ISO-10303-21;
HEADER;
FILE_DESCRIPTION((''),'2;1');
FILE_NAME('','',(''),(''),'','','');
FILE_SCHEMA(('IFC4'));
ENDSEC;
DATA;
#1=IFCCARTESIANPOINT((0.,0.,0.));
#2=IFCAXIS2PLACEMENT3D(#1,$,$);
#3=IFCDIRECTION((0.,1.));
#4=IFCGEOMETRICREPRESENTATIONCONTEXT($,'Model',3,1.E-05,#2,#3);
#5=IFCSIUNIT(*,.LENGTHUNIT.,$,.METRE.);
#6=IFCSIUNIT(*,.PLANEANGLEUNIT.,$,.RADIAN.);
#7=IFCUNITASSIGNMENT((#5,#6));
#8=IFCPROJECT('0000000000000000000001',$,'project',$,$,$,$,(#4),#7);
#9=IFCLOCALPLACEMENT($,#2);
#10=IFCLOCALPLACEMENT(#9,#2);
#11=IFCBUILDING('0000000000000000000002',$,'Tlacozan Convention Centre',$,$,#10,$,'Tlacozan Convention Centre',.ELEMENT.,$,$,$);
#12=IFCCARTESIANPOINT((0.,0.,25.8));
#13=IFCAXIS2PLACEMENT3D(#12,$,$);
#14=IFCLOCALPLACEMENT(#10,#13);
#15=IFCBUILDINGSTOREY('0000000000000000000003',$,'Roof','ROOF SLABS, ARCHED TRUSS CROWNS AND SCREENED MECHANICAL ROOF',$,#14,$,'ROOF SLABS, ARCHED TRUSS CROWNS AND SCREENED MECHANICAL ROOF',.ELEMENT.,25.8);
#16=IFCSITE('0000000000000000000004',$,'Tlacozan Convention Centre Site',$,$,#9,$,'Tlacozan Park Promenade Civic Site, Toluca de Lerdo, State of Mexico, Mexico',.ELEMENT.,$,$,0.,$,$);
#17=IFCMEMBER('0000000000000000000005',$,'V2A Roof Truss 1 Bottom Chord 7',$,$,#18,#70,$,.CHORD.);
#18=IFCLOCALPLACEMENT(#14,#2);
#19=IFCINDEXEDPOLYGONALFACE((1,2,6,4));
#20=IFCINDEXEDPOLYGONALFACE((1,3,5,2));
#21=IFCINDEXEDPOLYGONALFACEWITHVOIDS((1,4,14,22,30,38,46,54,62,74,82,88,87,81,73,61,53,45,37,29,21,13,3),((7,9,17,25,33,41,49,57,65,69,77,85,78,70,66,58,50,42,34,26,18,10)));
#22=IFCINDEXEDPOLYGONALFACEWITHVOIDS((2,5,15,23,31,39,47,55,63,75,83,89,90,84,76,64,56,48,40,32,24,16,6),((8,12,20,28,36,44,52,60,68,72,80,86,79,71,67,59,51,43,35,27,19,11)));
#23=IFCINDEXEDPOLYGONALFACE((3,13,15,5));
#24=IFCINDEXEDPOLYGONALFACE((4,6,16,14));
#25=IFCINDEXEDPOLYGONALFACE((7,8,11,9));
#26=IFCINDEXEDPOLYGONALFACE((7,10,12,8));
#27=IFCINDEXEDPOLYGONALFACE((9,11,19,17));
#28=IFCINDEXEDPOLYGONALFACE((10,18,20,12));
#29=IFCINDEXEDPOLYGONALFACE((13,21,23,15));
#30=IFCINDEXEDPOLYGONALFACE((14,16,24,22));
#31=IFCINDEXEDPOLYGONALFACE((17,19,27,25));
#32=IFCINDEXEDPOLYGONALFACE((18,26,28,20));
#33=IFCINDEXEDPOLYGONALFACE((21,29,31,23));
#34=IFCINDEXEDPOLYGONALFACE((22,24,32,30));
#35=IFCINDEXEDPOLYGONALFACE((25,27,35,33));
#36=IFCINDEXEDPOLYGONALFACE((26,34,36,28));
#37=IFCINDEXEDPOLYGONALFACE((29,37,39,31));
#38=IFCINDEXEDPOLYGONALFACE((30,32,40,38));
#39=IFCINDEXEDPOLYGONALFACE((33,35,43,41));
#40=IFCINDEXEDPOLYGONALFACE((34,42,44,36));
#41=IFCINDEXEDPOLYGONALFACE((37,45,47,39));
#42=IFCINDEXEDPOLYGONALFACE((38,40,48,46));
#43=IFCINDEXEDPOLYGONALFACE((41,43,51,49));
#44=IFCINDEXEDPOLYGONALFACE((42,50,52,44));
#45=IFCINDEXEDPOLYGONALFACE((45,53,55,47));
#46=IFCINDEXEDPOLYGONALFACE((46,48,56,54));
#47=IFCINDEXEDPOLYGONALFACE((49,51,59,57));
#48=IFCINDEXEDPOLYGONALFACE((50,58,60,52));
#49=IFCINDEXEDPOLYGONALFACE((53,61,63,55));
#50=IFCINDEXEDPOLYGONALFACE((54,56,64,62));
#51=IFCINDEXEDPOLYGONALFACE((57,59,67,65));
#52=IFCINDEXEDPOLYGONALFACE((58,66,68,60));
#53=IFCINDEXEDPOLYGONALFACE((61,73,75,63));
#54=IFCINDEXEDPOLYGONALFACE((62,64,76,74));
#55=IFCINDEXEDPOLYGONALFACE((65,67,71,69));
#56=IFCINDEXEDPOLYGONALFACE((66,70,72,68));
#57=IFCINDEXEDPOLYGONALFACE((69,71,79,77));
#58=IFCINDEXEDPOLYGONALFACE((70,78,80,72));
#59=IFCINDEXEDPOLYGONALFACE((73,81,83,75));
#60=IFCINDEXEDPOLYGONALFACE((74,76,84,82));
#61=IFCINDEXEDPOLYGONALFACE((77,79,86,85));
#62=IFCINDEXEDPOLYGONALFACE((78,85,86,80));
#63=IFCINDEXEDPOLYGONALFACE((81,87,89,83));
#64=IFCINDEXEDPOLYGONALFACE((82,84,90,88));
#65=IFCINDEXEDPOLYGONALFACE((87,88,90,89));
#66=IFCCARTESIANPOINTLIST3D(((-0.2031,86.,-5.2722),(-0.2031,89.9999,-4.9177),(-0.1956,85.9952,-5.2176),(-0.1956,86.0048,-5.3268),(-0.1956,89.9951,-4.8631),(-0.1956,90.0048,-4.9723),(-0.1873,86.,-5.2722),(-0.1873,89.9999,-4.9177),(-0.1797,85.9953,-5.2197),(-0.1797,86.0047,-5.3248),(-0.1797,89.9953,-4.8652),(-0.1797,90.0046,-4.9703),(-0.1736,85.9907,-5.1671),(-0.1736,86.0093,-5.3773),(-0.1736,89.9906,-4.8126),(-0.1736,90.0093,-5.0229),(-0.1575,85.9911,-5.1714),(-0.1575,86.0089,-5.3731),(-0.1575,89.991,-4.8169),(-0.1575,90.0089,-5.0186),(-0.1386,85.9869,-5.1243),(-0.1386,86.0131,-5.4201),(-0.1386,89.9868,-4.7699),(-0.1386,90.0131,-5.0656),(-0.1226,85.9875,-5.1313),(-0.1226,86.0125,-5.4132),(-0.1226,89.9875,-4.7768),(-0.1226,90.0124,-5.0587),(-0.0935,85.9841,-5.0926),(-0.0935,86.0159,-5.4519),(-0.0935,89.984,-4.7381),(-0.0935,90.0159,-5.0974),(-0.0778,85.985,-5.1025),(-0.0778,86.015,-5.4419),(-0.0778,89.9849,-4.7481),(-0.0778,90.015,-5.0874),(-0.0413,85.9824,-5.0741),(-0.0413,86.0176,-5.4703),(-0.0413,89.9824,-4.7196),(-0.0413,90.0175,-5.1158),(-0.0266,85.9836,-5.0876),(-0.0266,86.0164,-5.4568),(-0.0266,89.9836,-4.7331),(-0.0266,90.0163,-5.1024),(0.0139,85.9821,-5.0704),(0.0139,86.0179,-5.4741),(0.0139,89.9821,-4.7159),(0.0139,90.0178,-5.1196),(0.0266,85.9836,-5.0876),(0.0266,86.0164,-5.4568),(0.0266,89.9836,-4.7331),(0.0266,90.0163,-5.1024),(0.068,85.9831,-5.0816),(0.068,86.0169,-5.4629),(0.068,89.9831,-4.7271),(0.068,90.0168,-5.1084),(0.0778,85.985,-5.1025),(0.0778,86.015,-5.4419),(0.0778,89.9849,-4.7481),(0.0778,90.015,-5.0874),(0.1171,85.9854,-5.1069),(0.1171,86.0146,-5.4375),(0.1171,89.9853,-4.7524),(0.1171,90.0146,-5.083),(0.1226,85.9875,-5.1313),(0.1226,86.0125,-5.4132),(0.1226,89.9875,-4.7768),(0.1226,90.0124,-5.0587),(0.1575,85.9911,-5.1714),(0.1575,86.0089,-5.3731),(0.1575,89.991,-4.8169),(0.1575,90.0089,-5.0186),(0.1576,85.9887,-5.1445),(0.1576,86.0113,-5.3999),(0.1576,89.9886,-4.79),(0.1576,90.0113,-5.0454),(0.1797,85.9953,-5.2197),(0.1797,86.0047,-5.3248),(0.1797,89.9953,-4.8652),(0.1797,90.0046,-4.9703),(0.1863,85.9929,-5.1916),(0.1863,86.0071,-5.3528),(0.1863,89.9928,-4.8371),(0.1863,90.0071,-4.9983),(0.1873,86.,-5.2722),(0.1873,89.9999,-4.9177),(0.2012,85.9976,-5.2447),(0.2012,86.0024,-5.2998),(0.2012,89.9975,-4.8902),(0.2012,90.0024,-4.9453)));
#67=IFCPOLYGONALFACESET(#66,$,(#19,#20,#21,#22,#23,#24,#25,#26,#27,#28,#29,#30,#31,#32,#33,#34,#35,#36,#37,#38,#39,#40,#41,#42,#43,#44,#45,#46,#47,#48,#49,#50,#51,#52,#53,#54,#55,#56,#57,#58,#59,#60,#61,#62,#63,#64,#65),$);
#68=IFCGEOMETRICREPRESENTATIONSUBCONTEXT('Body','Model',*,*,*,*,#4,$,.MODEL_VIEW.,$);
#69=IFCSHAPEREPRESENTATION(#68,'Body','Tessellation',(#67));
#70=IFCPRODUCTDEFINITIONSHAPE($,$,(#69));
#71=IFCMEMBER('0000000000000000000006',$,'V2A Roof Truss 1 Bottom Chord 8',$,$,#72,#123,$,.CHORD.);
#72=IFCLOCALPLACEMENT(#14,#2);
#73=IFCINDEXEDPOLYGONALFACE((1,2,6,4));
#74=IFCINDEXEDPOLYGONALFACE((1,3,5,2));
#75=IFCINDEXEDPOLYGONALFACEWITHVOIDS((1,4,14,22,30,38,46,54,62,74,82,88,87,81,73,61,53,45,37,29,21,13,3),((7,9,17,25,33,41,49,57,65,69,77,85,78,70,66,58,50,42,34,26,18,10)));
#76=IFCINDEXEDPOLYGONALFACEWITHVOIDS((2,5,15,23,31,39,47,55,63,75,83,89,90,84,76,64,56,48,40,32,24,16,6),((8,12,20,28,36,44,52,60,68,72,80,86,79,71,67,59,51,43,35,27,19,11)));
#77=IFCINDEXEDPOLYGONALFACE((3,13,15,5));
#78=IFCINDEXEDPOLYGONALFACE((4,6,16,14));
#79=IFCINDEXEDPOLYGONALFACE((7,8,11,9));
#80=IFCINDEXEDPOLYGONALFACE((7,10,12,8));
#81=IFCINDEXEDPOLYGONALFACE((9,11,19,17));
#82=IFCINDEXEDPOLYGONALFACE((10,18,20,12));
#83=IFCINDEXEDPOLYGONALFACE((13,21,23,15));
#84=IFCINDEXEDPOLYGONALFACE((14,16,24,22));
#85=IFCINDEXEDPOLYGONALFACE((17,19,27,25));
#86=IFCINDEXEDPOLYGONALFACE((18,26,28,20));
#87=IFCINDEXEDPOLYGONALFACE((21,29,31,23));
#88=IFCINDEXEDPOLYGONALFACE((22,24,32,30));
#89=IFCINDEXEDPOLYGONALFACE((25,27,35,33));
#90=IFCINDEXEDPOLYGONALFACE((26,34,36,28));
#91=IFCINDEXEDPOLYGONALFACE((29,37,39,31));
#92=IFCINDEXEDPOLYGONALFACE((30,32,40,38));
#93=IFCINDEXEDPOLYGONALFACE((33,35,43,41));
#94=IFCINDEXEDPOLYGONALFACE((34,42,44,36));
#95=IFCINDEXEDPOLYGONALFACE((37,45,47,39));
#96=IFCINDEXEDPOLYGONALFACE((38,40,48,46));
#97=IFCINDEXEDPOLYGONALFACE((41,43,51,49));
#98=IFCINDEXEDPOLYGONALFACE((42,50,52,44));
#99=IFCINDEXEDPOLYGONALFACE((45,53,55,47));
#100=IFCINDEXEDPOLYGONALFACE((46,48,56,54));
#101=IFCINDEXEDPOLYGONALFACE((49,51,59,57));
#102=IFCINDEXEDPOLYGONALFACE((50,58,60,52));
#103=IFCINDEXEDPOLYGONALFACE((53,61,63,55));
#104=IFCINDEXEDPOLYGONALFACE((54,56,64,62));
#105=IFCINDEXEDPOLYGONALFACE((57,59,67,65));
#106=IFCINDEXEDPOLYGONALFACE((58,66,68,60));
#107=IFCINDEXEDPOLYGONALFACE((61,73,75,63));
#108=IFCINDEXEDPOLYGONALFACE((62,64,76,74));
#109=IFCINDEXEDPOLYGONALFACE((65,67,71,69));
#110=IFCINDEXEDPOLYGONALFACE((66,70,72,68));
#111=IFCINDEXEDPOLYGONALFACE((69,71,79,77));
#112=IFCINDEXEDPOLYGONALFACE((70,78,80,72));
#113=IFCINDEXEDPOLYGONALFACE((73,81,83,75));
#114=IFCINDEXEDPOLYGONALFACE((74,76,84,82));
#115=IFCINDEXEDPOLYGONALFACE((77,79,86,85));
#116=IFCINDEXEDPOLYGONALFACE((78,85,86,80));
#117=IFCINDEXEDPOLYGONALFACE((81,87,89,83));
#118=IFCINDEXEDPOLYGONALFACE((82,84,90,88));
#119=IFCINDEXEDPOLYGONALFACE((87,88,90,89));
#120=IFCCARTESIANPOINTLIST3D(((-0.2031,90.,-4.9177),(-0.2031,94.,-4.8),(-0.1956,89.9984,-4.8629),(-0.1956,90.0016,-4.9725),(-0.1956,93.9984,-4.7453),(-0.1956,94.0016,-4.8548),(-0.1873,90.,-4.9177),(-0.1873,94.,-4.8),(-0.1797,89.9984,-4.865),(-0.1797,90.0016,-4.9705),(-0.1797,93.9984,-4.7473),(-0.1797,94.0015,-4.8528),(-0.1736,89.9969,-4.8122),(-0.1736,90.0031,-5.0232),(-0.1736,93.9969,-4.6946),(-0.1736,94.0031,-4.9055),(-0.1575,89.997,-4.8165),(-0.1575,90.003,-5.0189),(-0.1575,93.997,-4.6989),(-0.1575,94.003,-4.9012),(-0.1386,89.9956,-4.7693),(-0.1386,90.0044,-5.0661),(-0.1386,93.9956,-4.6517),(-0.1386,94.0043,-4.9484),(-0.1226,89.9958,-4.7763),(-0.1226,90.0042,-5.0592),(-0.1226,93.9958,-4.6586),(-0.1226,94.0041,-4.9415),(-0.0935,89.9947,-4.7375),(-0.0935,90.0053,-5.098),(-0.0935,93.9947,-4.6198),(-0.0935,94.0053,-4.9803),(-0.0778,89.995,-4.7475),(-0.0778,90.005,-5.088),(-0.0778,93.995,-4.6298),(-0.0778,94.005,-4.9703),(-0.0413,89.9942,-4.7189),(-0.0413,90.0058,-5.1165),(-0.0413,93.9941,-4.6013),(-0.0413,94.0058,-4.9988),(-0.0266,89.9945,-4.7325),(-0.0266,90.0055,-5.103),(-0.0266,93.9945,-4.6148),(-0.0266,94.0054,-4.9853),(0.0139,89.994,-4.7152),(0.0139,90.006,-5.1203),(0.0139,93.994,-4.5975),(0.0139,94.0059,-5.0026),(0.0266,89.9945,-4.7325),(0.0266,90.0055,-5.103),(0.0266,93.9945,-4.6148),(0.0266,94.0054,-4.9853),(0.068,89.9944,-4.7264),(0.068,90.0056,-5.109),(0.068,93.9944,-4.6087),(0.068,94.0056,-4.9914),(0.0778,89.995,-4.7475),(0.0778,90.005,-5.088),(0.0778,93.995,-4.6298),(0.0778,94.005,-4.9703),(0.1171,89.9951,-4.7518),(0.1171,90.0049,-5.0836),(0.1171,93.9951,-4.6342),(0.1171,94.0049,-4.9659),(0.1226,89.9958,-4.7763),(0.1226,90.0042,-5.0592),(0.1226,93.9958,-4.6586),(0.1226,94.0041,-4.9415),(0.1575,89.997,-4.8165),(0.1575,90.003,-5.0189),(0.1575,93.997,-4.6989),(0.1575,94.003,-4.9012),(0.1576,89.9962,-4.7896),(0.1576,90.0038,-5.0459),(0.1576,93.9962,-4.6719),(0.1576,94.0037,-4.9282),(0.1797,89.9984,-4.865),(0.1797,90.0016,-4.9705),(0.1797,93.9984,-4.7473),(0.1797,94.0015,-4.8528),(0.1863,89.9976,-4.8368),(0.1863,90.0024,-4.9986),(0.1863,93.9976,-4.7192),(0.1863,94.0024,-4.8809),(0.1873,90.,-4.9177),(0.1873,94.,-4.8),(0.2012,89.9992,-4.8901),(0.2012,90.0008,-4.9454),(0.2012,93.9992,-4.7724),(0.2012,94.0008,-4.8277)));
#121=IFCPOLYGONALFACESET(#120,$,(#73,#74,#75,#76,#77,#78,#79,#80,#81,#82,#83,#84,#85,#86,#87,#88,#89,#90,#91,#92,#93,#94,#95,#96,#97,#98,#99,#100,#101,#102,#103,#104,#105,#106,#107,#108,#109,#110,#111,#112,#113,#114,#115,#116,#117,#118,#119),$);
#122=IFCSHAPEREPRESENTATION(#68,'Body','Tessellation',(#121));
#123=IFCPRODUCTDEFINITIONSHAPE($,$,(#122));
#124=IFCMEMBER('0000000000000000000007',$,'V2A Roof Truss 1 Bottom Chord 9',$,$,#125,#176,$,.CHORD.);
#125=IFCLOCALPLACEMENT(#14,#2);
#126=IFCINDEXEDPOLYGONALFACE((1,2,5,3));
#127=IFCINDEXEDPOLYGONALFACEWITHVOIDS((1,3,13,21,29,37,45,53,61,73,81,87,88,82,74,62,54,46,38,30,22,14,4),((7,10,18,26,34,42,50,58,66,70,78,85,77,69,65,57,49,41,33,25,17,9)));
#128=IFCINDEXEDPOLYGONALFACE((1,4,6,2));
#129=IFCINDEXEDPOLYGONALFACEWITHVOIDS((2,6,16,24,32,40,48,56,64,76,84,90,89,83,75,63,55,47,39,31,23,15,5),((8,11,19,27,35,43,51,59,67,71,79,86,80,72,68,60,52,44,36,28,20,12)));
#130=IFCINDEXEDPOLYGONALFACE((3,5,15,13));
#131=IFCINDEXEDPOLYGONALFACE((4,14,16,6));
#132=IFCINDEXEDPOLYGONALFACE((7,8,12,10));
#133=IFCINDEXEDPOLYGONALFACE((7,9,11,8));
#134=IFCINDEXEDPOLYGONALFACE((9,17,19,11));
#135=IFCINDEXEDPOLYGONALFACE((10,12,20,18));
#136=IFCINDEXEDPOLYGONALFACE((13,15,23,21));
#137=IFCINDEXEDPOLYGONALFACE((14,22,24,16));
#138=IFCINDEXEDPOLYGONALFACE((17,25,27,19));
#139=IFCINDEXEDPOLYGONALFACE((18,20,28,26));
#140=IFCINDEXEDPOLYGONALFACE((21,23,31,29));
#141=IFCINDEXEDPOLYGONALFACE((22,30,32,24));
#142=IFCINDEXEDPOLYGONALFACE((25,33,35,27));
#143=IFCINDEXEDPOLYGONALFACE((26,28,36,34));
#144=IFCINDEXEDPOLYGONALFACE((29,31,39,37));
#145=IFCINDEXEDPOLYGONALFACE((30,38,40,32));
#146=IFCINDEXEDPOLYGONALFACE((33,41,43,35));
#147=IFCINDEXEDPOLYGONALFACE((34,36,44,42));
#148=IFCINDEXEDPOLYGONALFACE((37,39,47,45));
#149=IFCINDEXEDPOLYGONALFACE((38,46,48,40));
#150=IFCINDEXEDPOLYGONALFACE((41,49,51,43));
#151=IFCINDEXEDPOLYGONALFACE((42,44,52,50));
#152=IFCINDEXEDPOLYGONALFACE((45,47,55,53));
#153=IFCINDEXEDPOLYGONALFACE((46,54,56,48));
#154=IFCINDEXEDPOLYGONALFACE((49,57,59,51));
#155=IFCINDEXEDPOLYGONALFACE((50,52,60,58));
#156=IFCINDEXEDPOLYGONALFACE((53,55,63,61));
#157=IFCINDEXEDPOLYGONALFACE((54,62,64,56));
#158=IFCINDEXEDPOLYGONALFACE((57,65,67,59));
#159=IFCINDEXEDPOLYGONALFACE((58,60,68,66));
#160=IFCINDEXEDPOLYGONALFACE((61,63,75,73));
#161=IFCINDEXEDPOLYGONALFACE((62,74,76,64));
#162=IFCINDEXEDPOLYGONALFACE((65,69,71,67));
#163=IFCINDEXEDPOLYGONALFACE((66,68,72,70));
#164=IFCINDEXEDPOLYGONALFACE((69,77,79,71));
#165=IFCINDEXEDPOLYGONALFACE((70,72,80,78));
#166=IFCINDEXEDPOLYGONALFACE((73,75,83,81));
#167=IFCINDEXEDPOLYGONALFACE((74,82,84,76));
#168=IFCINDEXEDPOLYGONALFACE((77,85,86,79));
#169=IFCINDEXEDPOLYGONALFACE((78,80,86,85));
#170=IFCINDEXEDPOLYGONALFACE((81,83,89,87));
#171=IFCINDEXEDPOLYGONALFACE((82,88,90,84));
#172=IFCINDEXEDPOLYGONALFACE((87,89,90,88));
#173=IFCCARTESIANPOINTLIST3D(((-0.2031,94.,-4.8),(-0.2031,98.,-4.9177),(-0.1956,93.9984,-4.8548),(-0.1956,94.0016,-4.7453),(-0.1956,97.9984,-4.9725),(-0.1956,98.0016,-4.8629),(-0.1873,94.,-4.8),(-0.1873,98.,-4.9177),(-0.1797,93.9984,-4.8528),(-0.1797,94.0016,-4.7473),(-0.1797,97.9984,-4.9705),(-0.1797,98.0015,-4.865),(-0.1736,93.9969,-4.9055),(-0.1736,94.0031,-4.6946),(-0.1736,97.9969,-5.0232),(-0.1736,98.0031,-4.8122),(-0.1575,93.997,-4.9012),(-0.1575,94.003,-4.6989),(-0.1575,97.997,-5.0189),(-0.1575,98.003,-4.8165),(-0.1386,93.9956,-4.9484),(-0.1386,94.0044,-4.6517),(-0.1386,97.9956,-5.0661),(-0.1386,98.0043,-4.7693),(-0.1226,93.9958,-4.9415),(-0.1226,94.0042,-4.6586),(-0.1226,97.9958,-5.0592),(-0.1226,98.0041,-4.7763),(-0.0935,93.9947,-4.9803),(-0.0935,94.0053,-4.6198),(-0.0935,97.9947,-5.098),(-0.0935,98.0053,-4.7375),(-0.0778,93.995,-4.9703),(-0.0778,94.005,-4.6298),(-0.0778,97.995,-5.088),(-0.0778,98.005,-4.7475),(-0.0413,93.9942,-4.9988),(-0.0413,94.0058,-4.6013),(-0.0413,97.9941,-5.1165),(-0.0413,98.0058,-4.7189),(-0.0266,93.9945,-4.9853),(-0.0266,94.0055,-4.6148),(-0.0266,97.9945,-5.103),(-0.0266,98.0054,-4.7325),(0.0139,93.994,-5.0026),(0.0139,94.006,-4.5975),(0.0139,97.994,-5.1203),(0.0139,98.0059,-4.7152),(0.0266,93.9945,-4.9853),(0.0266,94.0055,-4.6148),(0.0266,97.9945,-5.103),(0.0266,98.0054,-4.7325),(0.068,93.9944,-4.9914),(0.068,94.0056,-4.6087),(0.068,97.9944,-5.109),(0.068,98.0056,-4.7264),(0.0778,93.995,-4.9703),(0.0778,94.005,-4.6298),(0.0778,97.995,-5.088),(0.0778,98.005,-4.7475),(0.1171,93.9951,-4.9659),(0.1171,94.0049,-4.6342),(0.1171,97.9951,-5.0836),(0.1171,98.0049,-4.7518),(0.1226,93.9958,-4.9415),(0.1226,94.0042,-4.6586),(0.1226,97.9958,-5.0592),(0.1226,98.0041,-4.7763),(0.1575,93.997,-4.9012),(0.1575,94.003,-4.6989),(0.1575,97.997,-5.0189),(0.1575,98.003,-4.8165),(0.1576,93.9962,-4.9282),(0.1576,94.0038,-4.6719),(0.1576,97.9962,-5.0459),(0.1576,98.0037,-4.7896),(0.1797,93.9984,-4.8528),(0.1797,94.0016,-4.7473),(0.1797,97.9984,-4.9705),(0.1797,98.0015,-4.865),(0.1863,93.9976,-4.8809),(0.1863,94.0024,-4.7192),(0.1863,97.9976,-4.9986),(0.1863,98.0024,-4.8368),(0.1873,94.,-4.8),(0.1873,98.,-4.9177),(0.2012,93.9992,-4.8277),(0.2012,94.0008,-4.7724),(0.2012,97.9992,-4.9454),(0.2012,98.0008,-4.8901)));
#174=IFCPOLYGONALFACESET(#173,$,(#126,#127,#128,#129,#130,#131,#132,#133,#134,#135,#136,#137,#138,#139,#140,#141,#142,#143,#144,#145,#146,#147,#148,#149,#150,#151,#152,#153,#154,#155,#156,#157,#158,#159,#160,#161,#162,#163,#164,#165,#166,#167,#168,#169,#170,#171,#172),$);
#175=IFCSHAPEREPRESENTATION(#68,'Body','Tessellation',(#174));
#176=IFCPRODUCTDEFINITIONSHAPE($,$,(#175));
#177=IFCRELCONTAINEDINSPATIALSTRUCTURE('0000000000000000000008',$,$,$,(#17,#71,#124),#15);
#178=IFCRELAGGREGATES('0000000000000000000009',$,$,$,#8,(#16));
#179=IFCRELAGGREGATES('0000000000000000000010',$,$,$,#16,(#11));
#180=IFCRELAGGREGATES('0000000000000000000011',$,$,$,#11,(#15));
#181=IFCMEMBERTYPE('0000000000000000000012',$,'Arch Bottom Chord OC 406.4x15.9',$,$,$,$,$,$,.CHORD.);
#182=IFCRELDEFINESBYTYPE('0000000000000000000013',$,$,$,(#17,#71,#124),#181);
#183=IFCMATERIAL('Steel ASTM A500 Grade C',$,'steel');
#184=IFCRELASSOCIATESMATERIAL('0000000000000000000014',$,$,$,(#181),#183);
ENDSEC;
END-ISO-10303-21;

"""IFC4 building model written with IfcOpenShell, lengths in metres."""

from ifc_helpers import new_model, si_unit, direction, frame, origin, origin_2d, place, context, subcontext, project, spatial, hollow_circle, extrude, material, material_profile, profile_set, type_object, element, save


model = new_model("IFC4")

# Units and contexts
model_context = context("Model", 3, precision=1e-05, world=origin(), true_north=direction((0.0, 1.0)))
body_context = subcontext(model_context, "Body", "Model", "MODEL_VIEW")
ifc_project = project(units=[si_unit("LENGTHUNIT", "METRE"), si_unit("PLANEANGLEUNIT", "RADIAN")], contexts=[model_context])

# Site, building, storey
site_placement = place(None, origin())
site = spatial("IfcSite", under=ifc_project, at=site_placement, Name="Tlacozan Convention Centre Site", LongName="Tlacozan Park Promenade Civic Site, Toluca de Lerdo, State of Mexico, Mexico", CompositionType="ELEMENT", RefElevation=0.0)
building_placement = place(site_placement, origin())
building = spatial("IfcBuilding", under=site, at=building_placement, Name="Tlacozan Convention Centre", LongName="Tlacozan Convention Centre", CompositionType="ELEMENT")
storey_placement = place(building_placement, frame((0.0, 0.0, 25.8)))
storey = spatial("IfcBuildingStorey", under=building, at=storey_placement, Name="Roof", Description="ROOF SLABS, ARCHED TRUSS CROWNS AND SCREENED MECHANICAL ROOF", LongName="ROOF SLABS, ARCHED TRUSS CROWNS AND SCREENED MECHANICAL ROOF", CompositionType="ELEMENT", Elevation=25.8)

# Members
ifc_material_1 = material(Name="Steel ASTM A500 Grade C", Category="steel")
ifc_material_profile_1 = material_profile(ifc_material_1, hollow_circle(Radius=0.2031, WallThickness=0.0159, at=origin_2d()), Name="OC 406.4x15.9")
ifc_profile_set_1 = profile_set([ifc_material_profile_1], Name="Steel ASTM A500 Grade C")
member_type_1 = type_object("IfcMemberType", Name="Arch Bottom Chord OC 406.4x15.9", PredefinedType="CHORD", material=ifc_profile_set_1)
member_1_placement = place(storey_placement, frame((0.0, 86.0, -5.2722), z_axis=(0.0, 0.996096, 0.088277), x_axis=(-1.0, 0.0, 0.0)))
element("IfcMember", 1, at=member_1_placement, inside=storey, type_object=member_type_1, Name="V2A Roof Truss 1 Bottom Chord 7", PredefinedType="CHORD", context=body_context, shape_type="SweptSolid", body=[
    extrude(hollow_circle(Radius=0.2031, WallThickness=0.0159, at=origin_2d()), origin(), (0.0, 0.0, 1.0), 4.0156),
])
for number, where, z_axis, x_axis, name in (
    (2, (0.0, 90.0, -4.9177), (0.0, 0.999568, 0.029406), (-1.0, 0.0, 0.0), "V2A Roof Truss 1 Bottom Chord 8"),
    (3, (0.0, 94.0, -4.8), (0.0, 0.999568, -0.029406), (-1.0, 0.0, 0.0), "V2A Roof Truss 1 Bottom Chord 9"),
):
    element("IfcMember", number, at=place(storey_placement, frame(where, z_axis=z_axis, x_axis=x_axis)), inside=storey, type_object=member_type_1, Name=name, PredefinedType="CHORD", context=body_context, shape_type="SweptSolid", body=[
        extrude(hollow_circle(Radius=0.2031, WallThickness=0.0159, at=origin_2d()), origin(), (0.0, 0.0, 1.0), 4.0017),
    ])

save(model, "model.ifc")
